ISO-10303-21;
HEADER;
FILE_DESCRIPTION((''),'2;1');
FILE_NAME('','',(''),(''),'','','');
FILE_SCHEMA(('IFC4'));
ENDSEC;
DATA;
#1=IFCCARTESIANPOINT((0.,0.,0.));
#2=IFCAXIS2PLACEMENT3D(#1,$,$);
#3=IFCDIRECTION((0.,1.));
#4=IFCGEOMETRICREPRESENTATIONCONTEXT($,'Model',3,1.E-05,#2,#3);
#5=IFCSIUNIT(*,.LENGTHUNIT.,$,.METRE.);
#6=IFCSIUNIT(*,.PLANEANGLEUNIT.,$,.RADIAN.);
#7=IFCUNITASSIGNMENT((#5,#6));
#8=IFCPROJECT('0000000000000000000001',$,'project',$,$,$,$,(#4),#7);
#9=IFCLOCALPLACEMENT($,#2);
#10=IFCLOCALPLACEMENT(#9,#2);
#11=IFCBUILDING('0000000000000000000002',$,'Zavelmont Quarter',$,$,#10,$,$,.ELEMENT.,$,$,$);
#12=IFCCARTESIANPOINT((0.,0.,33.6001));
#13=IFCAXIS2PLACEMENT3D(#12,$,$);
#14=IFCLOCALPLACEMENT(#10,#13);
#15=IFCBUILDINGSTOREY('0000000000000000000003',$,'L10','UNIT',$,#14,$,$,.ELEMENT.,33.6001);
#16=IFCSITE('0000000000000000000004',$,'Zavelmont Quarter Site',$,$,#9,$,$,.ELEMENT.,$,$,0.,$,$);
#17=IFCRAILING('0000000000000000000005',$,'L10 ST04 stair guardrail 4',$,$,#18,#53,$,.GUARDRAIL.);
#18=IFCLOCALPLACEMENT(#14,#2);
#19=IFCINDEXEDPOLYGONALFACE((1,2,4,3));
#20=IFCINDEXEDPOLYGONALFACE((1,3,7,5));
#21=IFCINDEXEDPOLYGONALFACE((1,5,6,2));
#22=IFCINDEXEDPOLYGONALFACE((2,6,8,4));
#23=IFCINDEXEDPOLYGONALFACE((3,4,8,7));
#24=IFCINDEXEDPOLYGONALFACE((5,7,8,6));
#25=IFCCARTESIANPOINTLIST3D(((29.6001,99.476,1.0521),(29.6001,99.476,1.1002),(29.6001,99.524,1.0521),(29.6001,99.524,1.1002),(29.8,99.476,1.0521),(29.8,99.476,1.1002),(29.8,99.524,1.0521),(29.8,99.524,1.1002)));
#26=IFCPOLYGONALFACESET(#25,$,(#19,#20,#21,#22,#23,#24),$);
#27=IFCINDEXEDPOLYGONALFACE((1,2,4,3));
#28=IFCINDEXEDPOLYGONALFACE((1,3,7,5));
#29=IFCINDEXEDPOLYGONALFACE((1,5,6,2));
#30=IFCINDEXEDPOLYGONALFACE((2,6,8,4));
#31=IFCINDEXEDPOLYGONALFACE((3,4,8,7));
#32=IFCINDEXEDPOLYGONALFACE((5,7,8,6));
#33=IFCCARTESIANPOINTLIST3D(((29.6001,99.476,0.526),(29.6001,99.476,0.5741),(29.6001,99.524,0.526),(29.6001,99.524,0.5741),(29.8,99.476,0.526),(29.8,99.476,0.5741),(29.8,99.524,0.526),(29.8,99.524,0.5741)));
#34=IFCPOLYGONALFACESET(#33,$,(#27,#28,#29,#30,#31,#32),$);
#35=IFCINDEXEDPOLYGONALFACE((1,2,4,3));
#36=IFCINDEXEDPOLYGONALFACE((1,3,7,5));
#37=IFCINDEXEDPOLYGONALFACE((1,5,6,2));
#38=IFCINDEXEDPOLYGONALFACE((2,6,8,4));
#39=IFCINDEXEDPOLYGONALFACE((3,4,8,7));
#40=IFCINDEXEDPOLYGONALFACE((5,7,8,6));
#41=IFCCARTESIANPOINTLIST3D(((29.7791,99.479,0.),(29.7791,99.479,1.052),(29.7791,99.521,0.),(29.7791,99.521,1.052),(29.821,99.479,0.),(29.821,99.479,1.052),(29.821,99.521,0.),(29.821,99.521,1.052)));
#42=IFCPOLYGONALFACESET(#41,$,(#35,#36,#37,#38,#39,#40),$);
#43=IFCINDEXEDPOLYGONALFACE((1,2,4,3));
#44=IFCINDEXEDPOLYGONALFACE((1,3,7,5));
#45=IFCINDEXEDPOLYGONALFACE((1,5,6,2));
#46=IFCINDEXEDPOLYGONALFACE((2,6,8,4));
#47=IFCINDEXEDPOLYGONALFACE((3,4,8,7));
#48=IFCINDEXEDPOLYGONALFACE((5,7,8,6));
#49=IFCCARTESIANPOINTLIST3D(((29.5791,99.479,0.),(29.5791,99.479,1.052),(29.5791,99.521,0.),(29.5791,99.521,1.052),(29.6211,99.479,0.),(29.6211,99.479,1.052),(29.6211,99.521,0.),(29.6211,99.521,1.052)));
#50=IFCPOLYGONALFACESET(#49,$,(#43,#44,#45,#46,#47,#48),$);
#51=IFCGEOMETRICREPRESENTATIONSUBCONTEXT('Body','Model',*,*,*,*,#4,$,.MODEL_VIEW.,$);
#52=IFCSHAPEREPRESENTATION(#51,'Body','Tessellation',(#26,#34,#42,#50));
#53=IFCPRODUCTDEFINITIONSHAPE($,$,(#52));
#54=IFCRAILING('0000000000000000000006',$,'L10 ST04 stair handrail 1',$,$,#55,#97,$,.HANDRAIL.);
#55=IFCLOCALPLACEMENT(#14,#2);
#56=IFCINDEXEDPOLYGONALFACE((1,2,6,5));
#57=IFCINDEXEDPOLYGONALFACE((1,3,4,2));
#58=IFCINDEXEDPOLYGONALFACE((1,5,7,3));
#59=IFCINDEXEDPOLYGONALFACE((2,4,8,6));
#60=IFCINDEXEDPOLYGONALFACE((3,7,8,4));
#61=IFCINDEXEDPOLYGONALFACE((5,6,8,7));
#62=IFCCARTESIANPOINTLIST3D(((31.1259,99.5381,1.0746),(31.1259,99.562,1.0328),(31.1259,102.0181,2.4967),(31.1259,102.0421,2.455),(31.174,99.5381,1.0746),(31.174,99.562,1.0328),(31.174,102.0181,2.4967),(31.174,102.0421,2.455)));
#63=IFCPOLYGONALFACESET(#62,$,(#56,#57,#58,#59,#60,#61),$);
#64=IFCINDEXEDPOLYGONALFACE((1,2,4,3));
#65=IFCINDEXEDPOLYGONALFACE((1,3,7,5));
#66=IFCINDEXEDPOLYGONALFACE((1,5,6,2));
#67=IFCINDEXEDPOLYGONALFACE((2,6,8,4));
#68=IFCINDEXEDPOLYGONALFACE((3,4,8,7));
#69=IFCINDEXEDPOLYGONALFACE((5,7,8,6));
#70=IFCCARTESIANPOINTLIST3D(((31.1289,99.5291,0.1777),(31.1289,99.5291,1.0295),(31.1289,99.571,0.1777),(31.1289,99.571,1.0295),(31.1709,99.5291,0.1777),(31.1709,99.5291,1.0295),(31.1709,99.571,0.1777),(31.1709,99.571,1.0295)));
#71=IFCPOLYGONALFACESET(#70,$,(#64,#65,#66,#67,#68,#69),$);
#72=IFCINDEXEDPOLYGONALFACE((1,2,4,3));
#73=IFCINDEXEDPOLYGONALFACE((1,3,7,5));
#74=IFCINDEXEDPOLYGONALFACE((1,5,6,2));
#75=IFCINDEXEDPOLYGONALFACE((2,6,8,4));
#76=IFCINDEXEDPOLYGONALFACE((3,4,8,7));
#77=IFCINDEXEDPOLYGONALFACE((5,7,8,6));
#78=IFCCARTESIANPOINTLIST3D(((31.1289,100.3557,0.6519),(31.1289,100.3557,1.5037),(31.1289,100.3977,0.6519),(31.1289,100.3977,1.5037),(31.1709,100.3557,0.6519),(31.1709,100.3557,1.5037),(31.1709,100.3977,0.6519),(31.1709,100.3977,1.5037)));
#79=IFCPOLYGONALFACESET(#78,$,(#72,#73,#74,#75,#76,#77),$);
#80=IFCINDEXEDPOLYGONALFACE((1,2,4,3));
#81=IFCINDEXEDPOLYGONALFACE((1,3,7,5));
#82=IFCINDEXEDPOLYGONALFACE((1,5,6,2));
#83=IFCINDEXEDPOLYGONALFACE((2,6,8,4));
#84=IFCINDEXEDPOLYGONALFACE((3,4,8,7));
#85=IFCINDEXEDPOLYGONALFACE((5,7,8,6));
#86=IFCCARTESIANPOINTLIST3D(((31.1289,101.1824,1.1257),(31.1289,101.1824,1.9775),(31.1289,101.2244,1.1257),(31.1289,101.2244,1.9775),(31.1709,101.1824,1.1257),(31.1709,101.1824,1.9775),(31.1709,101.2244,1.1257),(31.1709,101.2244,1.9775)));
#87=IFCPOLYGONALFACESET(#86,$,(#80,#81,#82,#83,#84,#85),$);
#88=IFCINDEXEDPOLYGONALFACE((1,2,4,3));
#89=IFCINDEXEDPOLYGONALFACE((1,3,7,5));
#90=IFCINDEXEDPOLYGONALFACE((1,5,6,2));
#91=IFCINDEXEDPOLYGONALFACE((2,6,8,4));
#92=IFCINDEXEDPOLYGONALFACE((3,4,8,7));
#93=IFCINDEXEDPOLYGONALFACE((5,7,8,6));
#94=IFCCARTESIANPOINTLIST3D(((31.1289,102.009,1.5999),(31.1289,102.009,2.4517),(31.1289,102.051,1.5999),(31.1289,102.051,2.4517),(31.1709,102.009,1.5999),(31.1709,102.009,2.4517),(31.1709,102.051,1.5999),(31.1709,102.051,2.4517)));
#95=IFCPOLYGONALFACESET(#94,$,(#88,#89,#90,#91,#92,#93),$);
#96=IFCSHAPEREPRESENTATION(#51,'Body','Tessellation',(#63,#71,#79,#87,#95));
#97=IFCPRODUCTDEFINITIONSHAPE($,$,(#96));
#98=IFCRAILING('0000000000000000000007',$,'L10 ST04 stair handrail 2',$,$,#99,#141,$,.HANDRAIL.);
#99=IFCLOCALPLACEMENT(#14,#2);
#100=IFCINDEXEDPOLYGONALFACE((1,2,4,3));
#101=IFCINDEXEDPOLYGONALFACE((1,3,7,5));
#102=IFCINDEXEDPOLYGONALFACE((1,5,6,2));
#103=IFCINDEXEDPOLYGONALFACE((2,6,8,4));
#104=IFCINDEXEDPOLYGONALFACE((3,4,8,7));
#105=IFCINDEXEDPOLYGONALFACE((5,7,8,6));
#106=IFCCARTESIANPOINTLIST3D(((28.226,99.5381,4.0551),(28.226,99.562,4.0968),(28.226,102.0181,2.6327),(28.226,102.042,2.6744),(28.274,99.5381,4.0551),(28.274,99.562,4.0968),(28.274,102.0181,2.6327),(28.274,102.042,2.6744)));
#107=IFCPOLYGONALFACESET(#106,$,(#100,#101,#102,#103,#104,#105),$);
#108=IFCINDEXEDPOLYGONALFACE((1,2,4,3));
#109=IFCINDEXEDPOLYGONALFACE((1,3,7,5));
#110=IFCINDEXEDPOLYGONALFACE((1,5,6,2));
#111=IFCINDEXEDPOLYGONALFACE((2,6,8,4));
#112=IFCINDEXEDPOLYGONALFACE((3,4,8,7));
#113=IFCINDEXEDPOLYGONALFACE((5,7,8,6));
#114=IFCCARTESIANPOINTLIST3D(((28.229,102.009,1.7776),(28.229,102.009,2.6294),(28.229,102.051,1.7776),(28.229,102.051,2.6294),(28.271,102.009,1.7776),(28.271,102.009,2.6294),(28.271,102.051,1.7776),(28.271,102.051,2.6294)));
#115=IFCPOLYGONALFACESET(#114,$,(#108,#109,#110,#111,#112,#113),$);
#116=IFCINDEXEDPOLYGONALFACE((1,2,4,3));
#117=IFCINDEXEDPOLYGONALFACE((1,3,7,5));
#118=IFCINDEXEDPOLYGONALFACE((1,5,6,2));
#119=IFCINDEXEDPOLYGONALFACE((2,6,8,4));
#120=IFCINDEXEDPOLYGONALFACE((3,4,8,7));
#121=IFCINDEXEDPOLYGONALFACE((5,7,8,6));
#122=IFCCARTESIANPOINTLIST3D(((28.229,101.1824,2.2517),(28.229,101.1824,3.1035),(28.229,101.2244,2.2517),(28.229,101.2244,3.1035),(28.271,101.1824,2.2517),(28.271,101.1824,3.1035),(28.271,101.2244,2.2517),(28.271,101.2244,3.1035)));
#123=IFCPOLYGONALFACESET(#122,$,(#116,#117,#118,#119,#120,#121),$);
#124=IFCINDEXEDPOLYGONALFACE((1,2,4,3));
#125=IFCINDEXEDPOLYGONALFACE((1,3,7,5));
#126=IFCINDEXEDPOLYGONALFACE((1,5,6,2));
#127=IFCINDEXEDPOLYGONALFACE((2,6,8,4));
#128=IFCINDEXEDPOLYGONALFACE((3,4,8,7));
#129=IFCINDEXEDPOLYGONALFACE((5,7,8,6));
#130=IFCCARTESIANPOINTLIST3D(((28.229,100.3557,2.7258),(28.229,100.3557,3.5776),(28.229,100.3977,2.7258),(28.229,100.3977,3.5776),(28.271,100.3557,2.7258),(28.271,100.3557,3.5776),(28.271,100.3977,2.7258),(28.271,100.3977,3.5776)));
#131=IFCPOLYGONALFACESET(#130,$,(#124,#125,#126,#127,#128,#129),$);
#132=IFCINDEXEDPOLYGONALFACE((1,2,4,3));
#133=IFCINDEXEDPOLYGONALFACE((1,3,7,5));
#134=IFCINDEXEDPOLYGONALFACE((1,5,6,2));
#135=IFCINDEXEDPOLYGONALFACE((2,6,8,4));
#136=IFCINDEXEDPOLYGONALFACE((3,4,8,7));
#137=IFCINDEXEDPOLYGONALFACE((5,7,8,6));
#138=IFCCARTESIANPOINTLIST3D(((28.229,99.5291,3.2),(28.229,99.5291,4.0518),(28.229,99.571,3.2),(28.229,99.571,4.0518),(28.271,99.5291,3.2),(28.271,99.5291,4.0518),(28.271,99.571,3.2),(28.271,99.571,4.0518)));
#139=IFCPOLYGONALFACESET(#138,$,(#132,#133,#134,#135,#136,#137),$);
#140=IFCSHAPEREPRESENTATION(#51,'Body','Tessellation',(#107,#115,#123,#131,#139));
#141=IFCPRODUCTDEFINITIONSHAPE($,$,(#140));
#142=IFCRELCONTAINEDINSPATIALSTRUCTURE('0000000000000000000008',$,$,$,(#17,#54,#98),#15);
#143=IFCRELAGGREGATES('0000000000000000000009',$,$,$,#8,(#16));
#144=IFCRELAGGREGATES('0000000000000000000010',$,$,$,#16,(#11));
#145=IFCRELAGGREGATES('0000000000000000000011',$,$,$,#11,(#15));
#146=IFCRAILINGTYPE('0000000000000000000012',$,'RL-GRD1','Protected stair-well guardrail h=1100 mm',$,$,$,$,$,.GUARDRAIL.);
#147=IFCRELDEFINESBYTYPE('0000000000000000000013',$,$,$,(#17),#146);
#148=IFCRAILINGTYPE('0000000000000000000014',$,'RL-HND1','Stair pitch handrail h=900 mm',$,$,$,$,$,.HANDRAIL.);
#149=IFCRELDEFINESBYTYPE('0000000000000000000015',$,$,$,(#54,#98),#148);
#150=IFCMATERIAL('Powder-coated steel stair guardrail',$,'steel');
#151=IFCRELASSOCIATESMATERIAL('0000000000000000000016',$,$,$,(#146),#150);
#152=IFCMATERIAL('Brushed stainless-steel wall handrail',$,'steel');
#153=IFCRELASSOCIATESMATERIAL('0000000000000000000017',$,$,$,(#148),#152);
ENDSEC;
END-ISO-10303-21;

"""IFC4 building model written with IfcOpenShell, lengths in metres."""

from ifc_helpers import new_model, si_unit, direction, frame, origin, origin_2d, place, context, subcontext, project, spatial, rectangle, extrude, material, type_object, element, save


model = new_model("IFC4")

# Units and contexts
model_context = context("Model", 3, precision=1e-05, world=origin(), true_north=direction((0.0, 1.0)))
body_context = subcontext(model_context, "Body", "Model", "MODEL_VIEW")
ifc_project = project(units=[si_unit("LENGTHUNIT", "METRE"), si_unit("PLANEANGLEUNIT", "RADIAN")], contexts=[model_context])

# Site, building, storey
site_placement = place(None, origin())
site = spatial("IfcSite", under=ifc_project, at=site_placement, Name="Zavelmont Quarter Site", CompositionType="ELEMENT", RefElevation=0.0)
building_placement = place(site_placement, origin())
building = spatial("IfcBuilding", under=site, at=building_placement, Name="Zavelmont Quarter", CompositionType="ELEMENT")
storey_placement = place(building_placement, frame((0.0, 0.0, 33.6001)))
storey = spatial("IfcBuildingStorey", under=building, at=storey_placement, Name="L10", Description="UNIT", CompositionType="ELEMENT", Elevation=33.6001)

# Railings
ifc_material_1 = material(Name="Powder-coated steel stair guardrail", Category="steel")
railing_type_1 = type_object("IfcRailingType", Name="RL-GRD1", Description="Protected stair-well guardrail h=1100 mm", PredefinedType="GUARDRAIL", material=ifc_material_1)
railing_1_placement = place(storey_placement, frame((29.8, 99.5, 0.0)))
element("IfcRailing", 1, at=railing_1_placement, inside=storey, type_object=railing_type_1, Name="L10 ST04 stair guardrail 4", PredefinedType="GUARDRAIL", context=body_context, shape_type="SweptSolid", body=[
    extrude(rectangle(XDim=0.0481, YDim=0.0481, at=origin_2d()), frame((0.0, 0.0, 1.0762), z_axis=(-1.0, 0.0, 0.0), x_axis=(0.0, -1.0, 0.0)), (0.0, 0.0, 1.0), 0.2),
    extrude(rectangle(XDim=0.0481, YDim=0.0481, at=origin_2d()), frame((0.0, 0.0, 0.55), z_axis=(-1.0, 0.0, 0.0), x_axis=(0.0, -1.0, 0.0)), (0.0, 0.0, 1.0), 0.2),
    extrude(rectangle(XDim=0.042, YDim=0.042, at=origin_2d()), origin(), (0.0, 0.0, 1.0), 1.052),
    extrude(rectangle(XDim=0.042, YDim=0.042, at=origin_2d()), frame((-0.2, 0.0, 0.0)), (0.0, 0.0, 1.0), 1.052),
])
ifc_material_2 = material(Name="Brushed stainless-steel wall handrail", Category="steel")
railing_type_2 = type_object("IfcRailingType", Name="RL-HND1", Description="Stair pitch handrail h=900 mm", PredefinedType="HANDRAIL", material=ifc_material_2)
railing_2_placement = place(storey_placement, frame((31.1499, 99.55, 0.1777)))
element("IfcRailing", 2, at=railing_2_placement, inside=storey, type_object=railing_type_2, Name="L10 ST04 stair handrail 1", PredefinedType="HANDRAIL", context=body_context, shape_type="SweptSolid", body=[
    extrude(rectangle(XDim=0.0481, YDim=0.0481, at=origin_2d()), frame((0.0, 0.0, 0.876), z_axis=(0.0, 0.867491, 0.497454), x_axis=(-1.0, 0.0, 0.0)), (0.0, 0.0, 1.0), 2.8589),
    extrude(rectangle(XDim=0.042, YDim=0.042, at=origin_2d()), origin(), (0.0, 0.0, 1.0), 0.8518),
    extrude(rectangle(XDim=0.042, YDim=0.042, at=origin_2d()), frame((0.0, 0.8267, 0.4741)), (0.0, 0.0, 1.0), 0.8518),
    extrude(rectangle(XDim=0.042, YDim=0.042, at=origin_2d()), frame((0.0, 1.6533, 0.948)), (0.0, 0.0, 1.0), 0.8518),
    extrude(rectangle(XDim=0.042, YDim=0.042, at=origin_2d()), frame((0.0, 2.48, 1.4221)), (0.0, 0.0, 1.0), 0.8518),
])
railing_3_placement = place(storey_placement, frame((28.25, 102.03, 1.7776)))
element("IfcRailing", 3, at=railing_3_placement, inside=storey, type_object=railing_type_2, Name="L10 ST04 stair handrail 2", PredefinedType="HANDRAIL", context=body_context, shape_type="SweptSolid", body=[
    extrude(rectangle(XDim=0.0481, YDim=0.0481, at=origin_2d()), frame((0.0, 0.0, 0.876), z_axis=(0.0, -0.867454, 0.497518), x_axis=(1.0, 0.0, 0.0)), (0.0, 0.0, 1.0), 2.8589),
    extrude(rectangle(XDim=0.042, YDim=0.042, at=origin_2d()), origin(), (0.0, 0.0, 1.0), 0.8518),
    extrude(rectangle(XDim=0.042, YDim=0.042, at=origin_2d()), frame((0.0, -0.8267, 0.4741)), (0.0, 0.0, 1.0), 0.8518),
    extrude(rectangle(XDim=0.042, YDim=0.042, at=origin_2d()), frame((0.0, -1.6533, 0.9482)), (0.0, 0.0, 1.0), 0.8518),
    extrude(rectangle(XDim=0.042, YDim=0.042, at=origin_2d()), frame((0.0, -2.48, 1.4224)), (0.0, 0.0, 1.0), 0.8518),
])

save(model, "model.ifc")
